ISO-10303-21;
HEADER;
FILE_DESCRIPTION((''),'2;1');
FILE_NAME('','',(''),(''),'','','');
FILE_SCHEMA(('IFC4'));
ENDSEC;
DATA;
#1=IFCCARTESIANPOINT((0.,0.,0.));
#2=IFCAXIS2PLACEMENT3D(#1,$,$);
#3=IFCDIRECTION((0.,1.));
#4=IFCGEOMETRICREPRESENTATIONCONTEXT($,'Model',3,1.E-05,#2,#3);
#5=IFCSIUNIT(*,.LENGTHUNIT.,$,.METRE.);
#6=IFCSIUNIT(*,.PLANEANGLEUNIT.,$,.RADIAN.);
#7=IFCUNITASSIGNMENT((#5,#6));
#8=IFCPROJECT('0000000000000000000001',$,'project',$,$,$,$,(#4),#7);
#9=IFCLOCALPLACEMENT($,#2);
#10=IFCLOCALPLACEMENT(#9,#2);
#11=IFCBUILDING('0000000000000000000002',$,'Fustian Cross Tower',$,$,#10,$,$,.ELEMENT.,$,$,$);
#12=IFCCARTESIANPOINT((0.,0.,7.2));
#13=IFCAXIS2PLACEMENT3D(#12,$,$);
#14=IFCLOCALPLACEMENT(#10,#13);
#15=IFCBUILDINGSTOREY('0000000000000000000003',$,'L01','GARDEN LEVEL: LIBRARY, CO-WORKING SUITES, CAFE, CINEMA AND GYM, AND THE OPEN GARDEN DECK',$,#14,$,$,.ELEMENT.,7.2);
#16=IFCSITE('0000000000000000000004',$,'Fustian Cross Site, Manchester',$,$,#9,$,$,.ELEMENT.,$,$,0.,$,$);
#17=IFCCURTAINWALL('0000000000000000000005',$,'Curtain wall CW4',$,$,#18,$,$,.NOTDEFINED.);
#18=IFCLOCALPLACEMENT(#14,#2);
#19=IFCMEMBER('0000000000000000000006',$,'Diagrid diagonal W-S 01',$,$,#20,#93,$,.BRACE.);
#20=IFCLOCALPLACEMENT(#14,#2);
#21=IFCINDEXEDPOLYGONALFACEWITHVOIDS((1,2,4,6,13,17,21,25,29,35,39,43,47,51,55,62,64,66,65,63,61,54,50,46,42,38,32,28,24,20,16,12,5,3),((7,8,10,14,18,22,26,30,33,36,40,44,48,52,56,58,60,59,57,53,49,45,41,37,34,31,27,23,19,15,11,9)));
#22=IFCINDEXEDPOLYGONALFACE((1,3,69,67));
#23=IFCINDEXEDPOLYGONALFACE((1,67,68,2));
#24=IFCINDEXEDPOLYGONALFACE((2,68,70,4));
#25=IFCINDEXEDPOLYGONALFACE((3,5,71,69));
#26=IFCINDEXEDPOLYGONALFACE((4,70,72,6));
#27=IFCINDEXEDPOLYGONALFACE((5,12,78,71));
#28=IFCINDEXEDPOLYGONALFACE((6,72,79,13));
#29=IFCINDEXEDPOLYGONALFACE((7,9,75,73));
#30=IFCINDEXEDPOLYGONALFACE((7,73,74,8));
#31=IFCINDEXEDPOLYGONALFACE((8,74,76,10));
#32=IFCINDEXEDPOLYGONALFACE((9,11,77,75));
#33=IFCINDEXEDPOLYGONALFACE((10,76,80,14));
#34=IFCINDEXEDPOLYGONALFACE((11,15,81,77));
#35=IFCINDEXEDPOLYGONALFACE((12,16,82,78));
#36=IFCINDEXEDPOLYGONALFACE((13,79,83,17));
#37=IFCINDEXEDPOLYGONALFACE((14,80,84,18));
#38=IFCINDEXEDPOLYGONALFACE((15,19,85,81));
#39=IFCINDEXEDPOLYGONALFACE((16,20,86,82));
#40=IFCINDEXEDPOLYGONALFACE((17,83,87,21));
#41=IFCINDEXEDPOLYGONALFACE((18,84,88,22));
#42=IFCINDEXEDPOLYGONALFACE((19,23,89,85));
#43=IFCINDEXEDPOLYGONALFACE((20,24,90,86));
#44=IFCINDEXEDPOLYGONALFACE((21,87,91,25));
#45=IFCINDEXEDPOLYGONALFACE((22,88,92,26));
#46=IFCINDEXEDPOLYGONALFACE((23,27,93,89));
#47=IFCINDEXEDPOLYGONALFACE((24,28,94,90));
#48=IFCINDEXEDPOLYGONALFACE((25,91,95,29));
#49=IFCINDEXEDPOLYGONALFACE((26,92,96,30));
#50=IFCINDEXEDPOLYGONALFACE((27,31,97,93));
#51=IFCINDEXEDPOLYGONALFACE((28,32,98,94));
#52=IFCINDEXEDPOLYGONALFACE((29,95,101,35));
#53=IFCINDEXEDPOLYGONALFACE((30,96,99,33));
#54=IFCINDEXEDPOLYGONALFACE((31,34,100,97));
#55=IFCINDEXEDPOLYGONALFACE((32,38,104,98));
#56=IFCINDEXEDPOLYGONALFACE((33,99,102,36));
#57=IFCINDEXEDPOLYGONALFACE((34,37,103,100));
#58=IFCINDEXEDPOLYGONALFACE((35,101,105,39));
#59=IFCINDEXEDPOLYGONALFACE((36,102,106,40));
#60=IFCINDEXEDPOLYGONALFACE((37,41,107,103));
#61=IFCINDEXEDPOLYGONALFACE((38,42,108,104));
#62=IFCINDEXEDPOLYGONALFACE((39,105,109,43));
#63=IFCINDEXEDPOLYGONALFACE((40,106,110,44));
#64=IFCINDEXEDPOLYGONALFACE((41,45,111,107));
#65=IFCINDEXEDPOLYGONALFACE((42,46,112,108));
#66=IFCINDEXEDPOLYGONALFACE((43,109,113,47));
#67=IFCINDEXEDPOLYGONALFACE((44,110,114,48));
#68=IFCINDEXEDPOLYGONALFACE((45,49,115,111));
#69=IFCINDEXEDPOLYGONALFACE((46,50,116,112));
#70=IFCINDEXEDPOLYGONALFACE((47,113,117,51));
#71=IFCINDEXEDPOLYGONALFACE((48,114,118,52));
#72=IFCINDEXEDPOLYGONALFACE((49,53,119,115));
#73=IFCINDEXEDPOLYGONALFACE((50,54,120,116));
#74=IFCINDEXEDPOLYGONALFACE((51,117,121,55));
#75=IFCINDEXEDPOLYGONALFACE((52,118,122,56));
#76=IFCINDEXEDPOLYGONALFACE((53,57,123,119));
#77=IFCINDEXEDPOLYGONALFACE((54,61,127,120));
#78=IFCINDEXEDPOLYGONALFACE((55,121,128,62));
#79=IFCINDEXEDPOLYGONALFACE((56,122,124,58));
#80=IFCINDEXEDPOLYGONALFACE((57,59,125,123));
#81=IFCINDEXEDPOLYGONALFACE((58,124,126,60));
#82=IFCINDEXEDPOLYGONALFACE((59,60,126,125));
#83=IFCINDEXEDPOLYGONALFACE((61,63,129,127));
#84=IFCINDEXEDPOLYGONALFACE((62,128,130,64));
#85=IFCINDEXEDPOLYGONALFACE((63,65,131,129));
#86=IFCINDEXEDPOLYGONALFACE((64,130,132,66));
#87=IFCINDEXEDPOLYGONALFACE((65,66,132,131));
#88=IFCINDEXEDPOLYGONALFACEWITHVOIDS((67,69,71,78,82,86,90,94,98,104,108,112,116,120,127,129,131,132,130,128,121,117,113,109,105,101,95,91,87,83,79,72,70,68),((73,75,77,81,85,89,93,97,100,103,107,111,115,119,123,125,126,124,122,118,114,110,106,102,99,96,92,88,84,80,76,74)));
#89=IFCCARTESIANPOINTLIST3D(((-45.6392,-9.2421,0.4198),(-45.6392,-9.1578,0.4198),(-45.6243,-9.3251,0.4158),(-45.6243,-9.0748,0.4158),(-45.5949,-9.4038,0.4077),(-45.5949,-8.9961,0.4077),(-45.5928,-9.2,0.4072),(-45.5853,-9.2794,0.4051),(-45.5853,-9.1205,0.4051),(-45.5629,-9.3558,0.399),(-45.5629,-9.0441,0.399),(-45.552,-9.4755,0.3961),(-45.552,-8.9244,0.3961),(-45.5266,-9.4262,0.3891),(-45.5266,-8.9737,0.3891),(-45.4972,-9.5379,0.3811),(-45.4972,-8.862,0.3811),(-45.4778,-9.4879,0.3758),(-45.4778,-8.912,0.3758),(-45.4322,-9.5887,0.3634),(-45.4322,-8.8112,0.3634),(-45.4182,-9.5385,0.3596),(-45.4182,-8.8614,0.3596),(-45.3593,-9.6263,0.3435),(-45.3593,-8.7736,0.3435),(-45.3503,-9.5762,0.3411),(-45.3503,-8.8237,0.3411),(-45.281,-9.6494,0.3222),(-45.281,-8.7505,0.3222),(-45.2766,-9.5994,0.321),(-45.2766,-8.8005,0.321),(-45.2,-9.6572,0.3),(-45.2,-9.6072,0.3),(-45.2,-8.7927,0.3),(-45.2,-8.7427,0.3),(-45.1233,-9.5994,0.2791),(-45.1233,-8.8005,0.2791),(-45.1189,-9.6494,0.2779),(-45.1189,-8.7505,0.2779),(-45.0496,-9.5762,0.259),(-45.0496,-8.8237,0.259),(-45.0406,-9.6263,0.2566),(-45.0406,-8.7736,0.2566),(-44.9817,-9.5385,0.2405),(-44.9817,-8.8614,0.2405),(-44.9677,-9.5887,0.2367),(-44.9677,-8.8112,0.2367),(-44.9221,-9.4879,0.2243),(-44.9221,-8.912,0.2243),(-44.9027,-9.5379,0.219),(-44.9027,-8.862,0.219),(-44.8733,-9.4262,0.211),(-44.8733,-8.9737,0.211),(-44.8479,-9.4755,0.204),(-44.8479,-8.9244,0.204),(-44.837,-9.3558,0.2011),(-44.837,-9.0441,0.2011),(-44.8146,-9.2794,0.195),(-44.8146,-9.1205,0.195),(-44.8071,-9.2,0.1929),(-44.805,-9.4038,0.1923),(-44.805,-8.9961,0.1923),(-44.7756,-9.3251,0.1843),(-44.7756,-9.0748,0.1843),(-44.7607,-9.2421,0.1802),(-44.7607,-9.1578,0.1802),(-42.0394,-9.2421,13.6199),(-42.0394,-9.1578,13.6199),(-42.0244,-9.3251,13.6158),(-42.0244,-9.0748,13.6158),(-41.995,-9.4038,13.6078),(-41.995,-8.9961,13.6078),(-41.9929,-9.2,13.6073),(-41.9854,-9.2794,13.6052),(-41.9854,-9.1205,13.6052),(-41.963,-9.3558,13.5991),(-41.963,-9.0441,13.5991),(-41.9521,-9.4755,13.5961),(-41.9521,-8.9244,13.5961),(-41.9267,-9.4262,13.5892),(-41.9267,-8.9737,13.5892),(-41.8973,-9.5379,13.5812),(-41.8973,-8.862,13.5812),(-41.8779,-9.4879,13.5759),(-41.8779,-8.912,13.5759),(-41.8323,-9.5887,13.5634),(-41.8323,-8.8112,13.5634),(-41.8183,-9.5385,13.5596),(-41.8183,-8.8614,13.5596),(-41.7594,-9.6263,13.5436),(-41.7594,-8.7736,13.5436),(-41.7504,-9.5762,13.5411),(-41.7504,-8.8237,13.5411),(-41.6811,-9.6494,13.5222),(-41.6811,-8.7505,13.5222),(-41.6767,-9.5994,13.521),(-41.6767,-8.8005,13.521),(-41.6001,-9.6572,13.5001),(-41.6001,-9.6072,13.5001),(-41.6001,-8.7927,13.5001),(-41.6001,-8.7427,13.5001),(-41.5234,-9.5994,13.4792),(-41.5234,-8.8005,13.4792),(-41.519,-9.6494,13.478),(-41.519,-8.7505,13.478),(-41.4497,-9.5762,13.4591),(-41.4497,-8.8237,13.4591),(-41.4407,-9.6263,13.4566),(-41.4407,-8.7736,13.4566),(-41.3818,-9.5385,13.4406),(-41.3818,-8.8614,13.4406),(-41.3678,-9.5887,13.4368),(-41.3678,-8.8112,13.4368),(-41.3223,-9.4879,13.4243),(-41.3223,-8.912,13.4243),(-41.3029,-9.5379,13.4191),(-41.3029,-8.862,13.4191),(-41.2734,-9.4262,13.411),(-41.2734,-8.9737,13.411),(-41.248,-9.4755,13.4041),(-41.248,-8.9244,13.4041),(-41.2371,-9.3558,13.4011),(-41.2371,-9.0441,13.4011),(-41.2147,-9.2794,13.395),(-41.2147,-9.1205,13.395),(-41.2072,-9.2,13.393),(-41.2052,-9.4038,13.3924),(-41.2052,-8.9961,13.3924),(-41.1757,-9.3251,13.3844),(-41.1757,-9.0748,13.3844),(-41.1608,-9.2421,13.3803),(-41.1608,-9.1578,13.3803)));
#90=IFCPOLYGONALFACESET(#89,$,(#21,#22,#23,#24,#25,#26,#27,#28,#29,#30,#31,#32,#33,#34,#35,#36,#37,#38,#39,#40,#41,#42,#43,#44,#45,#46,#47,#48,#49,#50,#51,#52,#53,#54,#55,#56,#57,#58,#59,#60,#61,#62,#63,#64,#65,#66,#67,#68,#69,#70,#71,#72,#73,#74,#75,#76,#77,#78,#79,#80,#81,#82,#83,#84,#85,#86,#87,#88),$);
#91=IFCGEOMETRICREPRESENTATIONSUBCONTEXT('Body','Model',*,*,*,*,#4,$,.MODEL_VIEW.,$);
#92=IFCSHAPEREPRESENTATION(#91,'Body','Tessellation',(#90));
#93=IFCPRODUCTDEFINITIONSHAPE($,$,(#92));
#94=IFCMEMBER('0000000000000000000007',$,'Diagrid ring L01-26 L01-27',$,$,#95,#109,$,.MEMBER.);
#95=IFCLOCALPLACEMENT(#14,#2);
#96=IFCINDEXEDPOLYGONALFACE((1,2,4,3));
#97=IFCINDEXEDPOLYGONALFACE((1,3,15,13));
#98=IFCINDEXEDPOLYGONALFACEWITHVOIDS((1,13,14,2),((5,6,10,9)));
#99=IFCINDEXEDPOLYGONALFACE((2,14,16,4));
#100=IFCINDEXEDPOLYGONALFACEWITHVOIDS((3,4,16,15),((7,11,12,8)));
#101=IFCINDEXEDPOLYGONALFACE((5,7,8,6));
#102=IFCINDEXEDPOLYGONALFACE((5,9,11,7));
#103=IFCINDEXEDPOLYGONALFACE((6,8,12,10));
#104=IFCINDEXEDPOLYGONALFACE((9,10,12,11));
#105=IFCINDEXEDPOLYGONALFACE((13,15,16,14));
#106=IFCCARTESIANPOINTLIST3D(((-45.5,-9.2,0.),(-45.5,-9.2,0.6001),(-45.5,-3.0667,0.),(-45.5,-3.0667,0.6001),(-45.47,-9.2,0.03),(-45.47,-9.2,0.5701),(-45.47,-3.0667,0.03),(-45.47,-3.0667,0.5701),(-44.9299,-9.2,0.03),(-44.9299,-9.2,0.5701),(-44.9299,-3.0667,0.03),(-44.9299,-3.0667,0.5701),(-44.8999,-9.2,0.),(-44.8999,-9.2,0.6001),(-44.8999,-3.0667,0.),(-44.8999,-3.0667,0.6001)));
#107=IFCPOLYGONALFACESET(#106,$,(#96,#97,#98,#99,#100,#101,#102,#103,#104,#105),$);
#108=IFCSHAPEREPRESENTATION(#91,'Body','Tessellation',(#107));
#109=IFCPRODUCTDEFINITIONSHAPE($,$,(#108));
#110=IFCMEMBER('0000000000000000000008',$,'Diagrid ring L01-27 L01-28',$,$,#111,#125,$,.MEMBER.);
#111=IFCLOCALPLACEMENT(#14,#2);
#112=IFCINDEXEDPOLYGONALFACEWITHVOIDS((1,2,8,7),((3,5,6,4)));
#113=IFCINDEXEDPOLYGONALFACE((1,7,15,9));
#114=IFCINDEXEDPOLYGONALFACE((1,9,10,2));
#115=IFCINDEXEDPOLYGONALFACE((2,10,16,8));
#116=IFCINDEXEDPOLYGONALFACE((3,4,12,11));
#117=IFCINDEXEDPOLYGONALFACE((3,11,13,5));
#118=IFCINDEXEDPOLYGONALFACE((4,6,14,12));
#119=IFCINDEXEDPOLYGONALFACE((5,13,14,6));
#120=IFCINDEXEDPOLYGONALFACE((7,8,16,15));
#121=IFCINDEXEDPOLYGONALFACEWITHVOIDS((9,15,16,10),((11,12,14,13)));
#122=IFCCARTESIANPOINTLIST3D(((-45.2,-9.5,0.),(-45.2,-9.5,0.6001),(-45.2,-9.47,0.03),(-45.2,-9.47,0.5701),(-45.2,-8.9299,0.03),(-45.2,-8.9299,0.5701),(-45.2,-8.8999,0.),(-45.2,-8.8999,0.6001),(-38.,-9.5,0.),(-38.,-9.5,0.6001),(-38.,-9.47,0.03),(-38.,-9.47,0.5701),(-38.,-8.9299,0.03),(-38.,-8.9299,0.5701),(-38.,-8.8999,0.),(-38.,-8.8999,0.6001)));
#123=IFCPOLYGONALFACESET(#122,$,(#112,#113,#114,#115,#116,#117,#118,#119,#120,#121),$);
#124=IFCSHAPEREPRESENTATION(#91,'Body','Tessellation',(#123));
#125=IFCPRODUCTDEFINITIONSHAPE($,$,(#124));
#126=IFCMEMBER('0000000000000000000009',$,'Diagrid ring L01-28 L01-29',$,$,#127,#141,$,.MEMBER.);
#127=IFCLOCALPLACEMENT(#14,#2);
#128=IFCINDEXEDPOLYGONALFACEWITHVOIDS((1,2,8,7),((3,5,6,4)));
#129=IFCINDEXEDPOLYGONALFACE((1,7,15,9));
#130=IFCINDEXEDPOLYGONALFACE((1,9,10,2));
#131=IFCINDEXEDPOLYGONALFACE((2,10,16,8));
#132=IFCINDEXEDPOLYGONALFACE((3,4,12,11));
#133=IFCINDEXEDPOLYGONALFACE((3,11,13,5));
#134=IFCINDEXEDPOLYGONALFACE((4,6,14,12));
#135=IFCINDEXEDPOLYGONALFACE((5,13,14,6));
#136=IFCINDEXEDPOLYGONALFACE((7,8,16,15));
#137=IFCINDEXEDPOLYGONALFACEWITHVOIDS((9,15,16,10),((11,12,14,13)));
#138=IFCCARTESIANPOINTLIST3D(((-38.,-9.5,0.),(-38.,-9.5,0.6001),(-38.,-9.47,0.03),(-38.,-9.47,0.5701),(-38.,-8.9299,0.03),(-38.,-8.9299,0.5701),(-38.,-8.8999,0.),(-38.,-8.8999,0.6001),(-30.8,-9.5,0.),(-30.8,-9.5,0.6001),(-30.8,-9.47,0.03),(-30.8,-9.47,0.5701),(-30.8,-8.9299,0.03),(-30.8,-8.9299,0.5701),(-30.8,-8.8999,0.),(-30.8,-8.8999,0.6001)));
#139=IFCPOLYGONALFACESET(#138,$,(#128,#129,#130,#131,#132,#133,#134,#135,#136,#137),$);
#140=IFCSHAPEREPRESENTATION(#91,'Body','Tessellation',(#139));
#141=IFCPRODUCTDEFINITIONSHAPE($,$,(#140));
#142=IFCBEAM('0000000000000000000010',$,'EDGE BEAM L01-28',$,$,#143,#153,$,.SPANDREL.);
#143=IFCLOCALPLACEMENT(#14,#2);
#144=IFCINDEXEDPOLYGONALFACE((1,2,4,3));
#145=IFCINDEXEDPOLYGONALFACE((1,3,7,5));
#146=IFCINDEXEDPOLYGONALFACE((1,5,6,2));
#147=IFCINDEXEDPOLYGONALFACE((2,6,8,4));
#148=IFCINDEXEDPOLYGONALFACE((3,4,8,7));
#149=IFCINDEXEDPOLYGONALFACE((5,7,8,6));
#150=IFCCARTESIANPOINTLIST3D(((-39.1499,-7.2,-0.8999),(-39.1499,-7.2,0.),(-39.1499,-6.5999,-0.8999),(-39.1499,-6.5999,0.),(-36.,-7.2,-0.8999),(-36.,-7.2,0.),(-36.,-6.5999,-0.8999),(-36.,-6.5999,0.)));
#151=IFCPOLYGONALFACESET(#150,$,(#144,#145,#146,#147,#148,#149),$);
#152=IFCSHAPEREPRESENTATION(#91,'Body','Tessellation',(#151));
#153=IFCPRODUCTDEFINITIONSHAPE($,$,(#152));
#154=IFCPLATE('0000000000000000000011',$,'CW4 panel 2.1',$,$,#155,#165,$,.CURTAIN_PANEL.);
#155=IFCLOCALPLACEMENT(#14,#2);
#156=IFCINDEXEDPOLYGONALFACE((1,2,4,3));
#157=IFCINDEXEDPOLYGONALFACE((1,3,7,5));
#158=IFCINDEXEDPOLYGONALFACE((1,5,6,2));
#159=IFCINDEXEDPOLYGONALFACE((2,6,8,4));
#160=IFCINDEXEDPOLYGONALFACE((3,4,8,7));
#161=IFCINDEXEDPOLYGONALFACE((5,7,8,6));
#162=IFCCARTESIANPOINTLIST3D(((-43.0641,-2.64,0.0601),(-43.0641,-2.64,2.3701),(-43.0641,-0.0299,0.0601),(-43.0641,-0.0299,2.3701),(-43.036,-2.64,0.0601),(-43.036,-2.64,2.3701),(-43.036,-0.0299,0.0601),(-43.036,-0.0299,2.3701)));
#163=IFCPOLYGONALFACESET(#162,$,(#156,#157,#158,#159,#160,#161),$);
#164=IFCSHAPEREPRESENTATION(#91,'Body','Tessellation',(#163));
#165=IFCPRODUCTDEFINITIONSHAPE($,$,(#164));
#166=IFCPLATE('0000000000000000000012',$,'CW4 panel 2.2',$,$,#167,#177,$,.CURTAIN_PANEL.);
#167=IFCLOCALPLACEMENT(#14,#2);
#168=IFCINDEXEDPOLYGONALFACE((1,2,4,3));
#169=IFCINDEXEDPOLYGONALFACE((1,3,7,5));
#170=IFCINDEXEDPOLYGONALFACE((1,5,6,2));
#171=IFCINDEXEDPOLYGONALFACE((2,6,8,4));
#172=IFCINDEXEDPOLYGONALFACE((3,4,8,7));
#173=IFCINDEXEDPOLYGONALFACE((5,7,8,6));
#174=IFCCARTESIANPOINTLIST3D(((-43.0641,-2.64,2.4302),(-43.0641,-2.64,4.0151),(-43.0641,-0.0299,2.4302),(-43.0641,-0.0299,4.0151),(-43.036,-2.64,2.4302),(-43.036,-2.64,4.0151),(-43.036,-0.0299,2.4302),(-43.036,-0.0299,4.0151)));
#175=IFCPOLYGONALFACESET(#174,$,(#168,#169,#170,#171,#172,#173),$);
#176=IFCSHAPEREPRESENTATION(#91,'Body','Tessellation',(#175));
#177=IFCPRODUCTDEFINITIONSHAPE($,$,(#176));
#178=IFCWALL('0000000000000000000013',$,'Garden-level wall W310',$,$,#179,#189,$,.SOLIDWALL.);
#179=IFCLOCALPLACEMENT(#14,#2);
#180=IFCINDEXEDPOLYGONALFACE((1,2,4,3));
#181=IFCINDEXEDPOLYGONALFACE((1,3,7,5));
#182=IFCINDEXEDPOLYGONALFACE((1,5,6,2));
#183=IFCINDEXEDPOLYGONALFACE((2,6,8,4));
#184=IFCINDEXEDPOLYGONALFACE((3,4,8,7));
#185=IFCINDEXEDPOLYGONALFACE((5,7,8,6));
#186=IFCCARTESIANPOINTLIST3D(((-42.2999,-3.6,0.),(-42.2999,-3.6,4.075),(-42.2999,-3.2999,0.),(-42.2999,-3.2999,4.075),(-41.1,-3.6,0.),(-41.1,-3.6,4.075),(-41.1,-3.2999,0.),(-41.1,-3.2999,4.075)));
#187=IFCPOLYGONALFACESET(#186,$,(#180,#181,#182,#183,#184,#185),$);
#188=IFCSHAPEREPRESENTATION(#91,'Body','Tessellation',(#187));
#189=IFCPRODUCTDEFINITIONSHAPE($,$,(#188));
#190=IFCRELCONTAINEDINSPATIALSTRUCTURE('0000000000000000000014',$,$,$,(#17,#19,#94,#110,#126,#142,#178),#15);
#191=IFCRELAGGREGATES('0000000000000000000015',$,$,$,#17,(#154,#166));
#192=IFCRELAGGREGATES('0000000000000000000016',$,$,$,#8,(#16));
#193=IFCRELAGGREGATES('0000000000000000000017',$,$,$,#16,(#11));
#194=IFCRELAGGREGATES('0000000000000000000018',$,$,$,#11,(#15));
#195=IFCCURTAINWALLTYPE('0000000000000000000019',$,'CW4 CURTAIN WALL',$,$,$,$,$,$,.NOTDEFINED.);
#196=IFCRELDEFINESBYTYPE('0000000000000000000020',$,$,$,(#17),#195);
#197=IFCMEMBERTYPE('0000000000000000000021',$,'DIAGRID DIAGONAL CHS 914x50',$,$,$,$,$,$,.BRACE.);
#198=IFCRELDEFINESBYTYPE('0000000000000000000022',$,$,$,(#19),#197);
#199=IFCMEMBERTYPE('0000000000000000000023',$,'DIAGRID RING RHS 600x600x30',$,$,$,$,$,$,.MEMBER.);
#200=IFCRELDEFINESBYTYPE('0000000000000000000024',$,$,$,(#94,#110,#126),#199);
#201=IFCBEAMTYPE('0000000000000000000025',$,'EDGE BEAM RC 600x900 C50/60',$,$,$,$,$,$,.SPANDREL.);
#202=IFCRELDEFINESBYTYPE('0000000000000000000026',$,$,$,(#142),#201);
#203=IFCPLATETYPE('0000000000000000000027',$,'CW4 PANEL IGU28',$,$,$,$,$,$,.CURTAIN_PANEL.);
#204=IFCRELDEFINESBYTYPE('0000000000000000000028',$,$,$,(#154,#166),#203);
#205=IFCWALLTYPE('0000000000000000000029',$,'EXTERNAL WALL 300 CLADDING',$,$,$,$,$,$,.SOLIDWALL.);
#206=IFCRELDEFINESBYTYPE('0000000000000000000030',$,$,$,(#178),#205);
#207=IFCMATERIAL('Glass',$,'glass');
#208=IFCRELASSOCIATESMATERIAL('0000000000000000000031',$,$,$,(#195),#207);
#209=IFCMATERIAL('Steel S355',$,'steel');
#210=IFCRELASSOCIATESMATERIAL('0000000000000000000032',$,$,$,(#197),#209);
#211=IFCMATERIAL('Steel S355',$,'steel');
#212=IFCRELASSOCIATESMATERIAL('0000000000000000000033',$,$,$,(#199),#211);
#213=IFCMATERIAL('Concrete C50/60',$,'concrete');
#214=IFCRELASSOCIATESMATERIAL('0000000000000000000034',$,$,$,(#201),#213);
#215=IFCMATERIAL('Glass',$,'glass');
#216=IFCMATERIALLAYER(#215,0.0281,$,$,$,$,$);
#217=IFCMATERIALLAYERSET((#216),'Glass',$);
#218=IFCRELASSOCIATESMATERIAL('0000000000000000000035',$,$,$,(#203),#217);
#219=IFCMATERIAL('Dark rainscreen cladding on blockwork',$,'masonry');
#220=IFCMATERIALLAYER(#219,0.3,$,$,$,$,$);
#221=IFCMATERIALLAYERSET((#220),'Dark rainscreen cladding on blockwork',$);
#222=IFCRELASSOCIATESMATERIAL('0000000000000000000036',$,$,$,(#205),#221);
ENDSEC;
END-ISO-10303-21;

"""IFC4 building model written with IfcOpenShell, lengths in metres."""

from ifc_helpers import new_model, si_unit, direction, frame, frame_2d, origin, origin_2d, place, context, subcontext, project, spatial, rectangle, hollow_rectangle, hollow_circle, extrude, material, layer, layer_set, material_profile, profile_set, type_object, element, aggregate, save


model = new_model("IFC4")

# Units and contexts
model_context = context("Model", 3, precision=1e-05, world=origin(), true_north=direction((0.0, 1.0)))
body_context = subcontext(model_context, "Body", "Model", "MODEL_VIEW")
ifc_project = project(units=[si_unit("LENGTHUNIT", "METRE"), si_unit("PLANEANGLEUNIT", "RADIAN")], contexts=[model_context])

# Site, building, storey
site_placement = place(None, origin())
site = spatial("IfcSite", under=ifc_project, at=site_placement, Name="Fustian Cross Site, Manchester", CompositionType="ELEMENT", RefElevation=0.0)
building_placement = place(site_placement, origin())
building = spatial("IfcBuilding", under=site, at=building_placement, Name="Fustian Cross Tower", CompositionType="ELEMENT")
storey_placement = place(building_placement, frame((0.0, 0.0, 7.2)))
storey = spatial("IfcBuildingStorey", under=building, at=storey_placement, Name="L01", Description="GARDEN LEVEL: LIBRARY, CO-WORKING SUITES, CAFE, CINEMA AND GYM, AND THE OPEN GARDEN DECK", CompositionType="ELEMENT", Elevation=7.2)

# Curtain wall
ifc_material_1 = material(Name="Glass", Category="glass")
curtain_wall_type = type_object("IfcCurtainWallType", Name="CW4 CURTAIN WALL", PredefinedType="NOTDEFINED", material=ifc_material_1)
curtain_wall_placement = place(storey_placement, origin())
curtain_wall = element("IfcCurtainWall", 1, at=curtain_wall_placement, inside=storey, type_object=curtain_wall_type, Name="Curtain wall CW4", PredefinedType="NOTDEFINED")

# Members
ifc_material_2 = material(Name="Steel S355", Category="steel")
ifc_material_profile_1 = material_profile(ifc_material_2, hollow_circle(Radius=0.4573, WallThickness=0.05, at=origin_2d()), Name="CHS 914x50")
ifc_profile_set_1 = profile_set([ifc_material_profile_1], Name="Steel S355")
member_type_1 = type_object("IfcMemberType", Name="DIAGRID DIAGONAL CHS 914x50", PredefinedType="BRACE", material=ifc_profile_set_1)
member_1_placement = place(storey_placement, frame((-45.2, -9.2, 0.3), z_axis=(0.263108, 0.0, 0.964766), x_axis=(0.0, 1.0, 0.0)))
element("IfcMember", 2, at=member_1_placement, inside=storey, type_object=member_type_1, Name="Diagrid diagonal W-S 01", PredefinedType="BRACE", context=body_context, shape_type="SweptSolid", body=[
    extrude(hollow_circle(Radius=0.4573, WallThickness=0.05, at=origin_2d()), origin(), (0.0, 0.0, 1.0), 13.6821),
])
ifc_material_3 = material(Name="Steel S355", Category="steel")
ifc_material_profile_2 = material_profile(ifc_material_3, hollow_rectangle(XDim=0.6001, YDim=0.6001, WallThickness=0.03, at=origin_2d()), Name="RHS 600x600x30")
ifc_profile_set_2 = profile_set([ifc_material_profile_2], Name="Steel S355")
member_type_2 = type_object("IfcMemberType", Name="DIAGRID RING RHS 600x600x30", PredefinedType="MEMBER", material=ifc_profile_set_2)
member_2_placement = place(storey_placement, frame((-45.2, -3.0667, 0.3), z_axis=(0.0, -1.0, 0.0), x_axis=(1.0, 0.0, 0.0)))
element("IfcMember", 3, at=member_2_placement, inside=storey, type_object=member_type_2, Name="Diagrid ring L01-26 L01-27", PredefinedType="MEMBER", context=body_context, shape_type="SweptSolid", body=[
    extrude(hollow_rectangle(XDim=0.6001, YDim=0.6001, WallThickness=0.03, at=origin_2d()), origin(), (0.0, 0.0, 1.0), 6.1333),
])
for number, where, z_axis, x_axis, name in (
    (4, (-45.2, -9.2, 0.3), (1.0, 0.0, 0.0), (0.0, 1.0, 0.0), "Diagrid ring L01-27 L01-28"),
    (5, (-38.0, -9.2, 0.3), (1.0, 0.0, 0.0), (0.0, 1.0, 0.0), "Diagrid ring L01-28 L01-29"),
):
    element("IfcMember", number, at=place(storey_placement, frame(where, z_axis=z_axis, x_axis=x_axis)), inside=storey, type_object=member_type_2, Name=name, PredefinedType="MEMBER", context=body_context, shape_type="SweptSolid", body=[
        extrude(hollow_rectangle(XDim=0.6001, YDim=0.6001, WallThickness=0.03, at=origin_2d()), origin(), (0.0, 0.0, 1.0), 7.2),
    ])

# Beam
ifc_material_4 = material(Name="Concrete C50/60", Category="concrete")
ifc_material_profile_3 = material_profile(ifc_material_4, rectangle(XDim=0.6001, YDim=0.8999, at=origin_2d()), Name="RC 600x900")
ifc_profile_set_3 = profile_set([ifc_material_profile_3], Name="Concrete C50/60")
beam_type = type_object("IfcBeamType", Name="EDGE BEAM RC 600x900 C50/60", PredefinedType="SPANDREL", material=ifc_profile_set_3)
beam_placement = place(storey_placement, frame((-39.1499, -6.8999, -0.45), z_axis=(1.0, 0.0, 0.0), x_axis=(0.0, 1.0, 0.0)))
element("IfcBeam", 6, at=beam_placement, inside=storey, type_object=beam_type, Name="EDGE BEAM L01-28", PredefinedType="SPANDREL", context=body_context, shape_type="SweptSolid", body=[
    extrude(rectangle(XDim=0.6001, YDim=0.8999, at=origin_2d()), origin(), (0.0, 0.0, 1.0), 3.1499),
])

# Plates
ifc_material_5 = material(Name="Glass", Category="glass")
ifc_layer_1 = layer(ifc_material_5, 0.0281)
ifc_layer_set_1 = layer_set([ifc_layer_1], Name="Glass")
plate_type = type_object("IfcPlateType", Name="CW4 PANEL IGU28", PredefinedType="CURTAIN_PANEL", material=ifc_layer_set_1)
plate_1_placement = place(storey_placement, frame((-43.05, -1.335, 0.0601), z_axis=(0.0, 0.0, 1.0), x_axis=(0.0, -1.0, 0.0)))
plate_1 = element("IfcPlate", 7, at=plate_1_placement, type_object=plate_type, Name="CW4 panel 2.1", PredefinedType="CURTAIN_PANEL", context=body_context, shape_type="SweptSolid", body=[
    extrude(rectangle(XDim=2.6101, YDim=0.0281, at=origin_2d()), origin(), (0.0, 0.0, 1.0), 2.3101),
])
plate_2_placement = place(storey_placement, frame((-43.05, -1.335, 2.4302), z_axis=(0.0, 0.0, 1.0), x_axis=(0.0, -1.0, 0.0)))
plate_2 = element("IfcPlate", 8, at=plate_2_placement, type_object=plate_type, Name="CW4 panel 2.2", PredefinedType="CURTAIN_PANEL", context=body_context, shape_type="SweptSolid", body=[
    extrude(rectangle(XDim=2.6101, YDim=0.0281, at=origin_2d()), origin(), (0.0, 0.0, 1.0), 1.585),
])
aggregate(curtain_wall, [plate_1, plate_2])

# Wall
ifc_material_6 = material(Name="Dark rainscreen cladding on blockwork", Category="masonry")
ifc_layer_2 = layer(ifc_material_6, 0.3)
ifc_layer_set_2 = layer_set([ifc_layer_2], Name="Dark rainscreen cladding on blockwork")
wall_type_1 = type_object("IfcWallType", Name="EXTERNAL WALL 300 CLADDING", PredefinedType="SOLIDWALL", material=ifc_layer_set_2)
wall_1_placement = place(storey_placement, frame((-42.3, -3.45, 0.0), z_axis=(0.0, 0.0, 1.0), x_axis=(1.0, 0.0, 0.0)))
element("IfcWall", 9, at=wall_1_placement, inside=storey, type_object=wall_type_1, Name="Garden-level wall W310", PredefinedType="SOLIDWALL", context=body_context, shape_type="SweptSolid", body=[
    extrude(rectangle(XDim=1.2, YDim=0.3, at=frame_2d((0.6001, 0.0))), origin(), (0.0, 0.0, 1.0), 4.075),
])

save(model, "model.ifc")
